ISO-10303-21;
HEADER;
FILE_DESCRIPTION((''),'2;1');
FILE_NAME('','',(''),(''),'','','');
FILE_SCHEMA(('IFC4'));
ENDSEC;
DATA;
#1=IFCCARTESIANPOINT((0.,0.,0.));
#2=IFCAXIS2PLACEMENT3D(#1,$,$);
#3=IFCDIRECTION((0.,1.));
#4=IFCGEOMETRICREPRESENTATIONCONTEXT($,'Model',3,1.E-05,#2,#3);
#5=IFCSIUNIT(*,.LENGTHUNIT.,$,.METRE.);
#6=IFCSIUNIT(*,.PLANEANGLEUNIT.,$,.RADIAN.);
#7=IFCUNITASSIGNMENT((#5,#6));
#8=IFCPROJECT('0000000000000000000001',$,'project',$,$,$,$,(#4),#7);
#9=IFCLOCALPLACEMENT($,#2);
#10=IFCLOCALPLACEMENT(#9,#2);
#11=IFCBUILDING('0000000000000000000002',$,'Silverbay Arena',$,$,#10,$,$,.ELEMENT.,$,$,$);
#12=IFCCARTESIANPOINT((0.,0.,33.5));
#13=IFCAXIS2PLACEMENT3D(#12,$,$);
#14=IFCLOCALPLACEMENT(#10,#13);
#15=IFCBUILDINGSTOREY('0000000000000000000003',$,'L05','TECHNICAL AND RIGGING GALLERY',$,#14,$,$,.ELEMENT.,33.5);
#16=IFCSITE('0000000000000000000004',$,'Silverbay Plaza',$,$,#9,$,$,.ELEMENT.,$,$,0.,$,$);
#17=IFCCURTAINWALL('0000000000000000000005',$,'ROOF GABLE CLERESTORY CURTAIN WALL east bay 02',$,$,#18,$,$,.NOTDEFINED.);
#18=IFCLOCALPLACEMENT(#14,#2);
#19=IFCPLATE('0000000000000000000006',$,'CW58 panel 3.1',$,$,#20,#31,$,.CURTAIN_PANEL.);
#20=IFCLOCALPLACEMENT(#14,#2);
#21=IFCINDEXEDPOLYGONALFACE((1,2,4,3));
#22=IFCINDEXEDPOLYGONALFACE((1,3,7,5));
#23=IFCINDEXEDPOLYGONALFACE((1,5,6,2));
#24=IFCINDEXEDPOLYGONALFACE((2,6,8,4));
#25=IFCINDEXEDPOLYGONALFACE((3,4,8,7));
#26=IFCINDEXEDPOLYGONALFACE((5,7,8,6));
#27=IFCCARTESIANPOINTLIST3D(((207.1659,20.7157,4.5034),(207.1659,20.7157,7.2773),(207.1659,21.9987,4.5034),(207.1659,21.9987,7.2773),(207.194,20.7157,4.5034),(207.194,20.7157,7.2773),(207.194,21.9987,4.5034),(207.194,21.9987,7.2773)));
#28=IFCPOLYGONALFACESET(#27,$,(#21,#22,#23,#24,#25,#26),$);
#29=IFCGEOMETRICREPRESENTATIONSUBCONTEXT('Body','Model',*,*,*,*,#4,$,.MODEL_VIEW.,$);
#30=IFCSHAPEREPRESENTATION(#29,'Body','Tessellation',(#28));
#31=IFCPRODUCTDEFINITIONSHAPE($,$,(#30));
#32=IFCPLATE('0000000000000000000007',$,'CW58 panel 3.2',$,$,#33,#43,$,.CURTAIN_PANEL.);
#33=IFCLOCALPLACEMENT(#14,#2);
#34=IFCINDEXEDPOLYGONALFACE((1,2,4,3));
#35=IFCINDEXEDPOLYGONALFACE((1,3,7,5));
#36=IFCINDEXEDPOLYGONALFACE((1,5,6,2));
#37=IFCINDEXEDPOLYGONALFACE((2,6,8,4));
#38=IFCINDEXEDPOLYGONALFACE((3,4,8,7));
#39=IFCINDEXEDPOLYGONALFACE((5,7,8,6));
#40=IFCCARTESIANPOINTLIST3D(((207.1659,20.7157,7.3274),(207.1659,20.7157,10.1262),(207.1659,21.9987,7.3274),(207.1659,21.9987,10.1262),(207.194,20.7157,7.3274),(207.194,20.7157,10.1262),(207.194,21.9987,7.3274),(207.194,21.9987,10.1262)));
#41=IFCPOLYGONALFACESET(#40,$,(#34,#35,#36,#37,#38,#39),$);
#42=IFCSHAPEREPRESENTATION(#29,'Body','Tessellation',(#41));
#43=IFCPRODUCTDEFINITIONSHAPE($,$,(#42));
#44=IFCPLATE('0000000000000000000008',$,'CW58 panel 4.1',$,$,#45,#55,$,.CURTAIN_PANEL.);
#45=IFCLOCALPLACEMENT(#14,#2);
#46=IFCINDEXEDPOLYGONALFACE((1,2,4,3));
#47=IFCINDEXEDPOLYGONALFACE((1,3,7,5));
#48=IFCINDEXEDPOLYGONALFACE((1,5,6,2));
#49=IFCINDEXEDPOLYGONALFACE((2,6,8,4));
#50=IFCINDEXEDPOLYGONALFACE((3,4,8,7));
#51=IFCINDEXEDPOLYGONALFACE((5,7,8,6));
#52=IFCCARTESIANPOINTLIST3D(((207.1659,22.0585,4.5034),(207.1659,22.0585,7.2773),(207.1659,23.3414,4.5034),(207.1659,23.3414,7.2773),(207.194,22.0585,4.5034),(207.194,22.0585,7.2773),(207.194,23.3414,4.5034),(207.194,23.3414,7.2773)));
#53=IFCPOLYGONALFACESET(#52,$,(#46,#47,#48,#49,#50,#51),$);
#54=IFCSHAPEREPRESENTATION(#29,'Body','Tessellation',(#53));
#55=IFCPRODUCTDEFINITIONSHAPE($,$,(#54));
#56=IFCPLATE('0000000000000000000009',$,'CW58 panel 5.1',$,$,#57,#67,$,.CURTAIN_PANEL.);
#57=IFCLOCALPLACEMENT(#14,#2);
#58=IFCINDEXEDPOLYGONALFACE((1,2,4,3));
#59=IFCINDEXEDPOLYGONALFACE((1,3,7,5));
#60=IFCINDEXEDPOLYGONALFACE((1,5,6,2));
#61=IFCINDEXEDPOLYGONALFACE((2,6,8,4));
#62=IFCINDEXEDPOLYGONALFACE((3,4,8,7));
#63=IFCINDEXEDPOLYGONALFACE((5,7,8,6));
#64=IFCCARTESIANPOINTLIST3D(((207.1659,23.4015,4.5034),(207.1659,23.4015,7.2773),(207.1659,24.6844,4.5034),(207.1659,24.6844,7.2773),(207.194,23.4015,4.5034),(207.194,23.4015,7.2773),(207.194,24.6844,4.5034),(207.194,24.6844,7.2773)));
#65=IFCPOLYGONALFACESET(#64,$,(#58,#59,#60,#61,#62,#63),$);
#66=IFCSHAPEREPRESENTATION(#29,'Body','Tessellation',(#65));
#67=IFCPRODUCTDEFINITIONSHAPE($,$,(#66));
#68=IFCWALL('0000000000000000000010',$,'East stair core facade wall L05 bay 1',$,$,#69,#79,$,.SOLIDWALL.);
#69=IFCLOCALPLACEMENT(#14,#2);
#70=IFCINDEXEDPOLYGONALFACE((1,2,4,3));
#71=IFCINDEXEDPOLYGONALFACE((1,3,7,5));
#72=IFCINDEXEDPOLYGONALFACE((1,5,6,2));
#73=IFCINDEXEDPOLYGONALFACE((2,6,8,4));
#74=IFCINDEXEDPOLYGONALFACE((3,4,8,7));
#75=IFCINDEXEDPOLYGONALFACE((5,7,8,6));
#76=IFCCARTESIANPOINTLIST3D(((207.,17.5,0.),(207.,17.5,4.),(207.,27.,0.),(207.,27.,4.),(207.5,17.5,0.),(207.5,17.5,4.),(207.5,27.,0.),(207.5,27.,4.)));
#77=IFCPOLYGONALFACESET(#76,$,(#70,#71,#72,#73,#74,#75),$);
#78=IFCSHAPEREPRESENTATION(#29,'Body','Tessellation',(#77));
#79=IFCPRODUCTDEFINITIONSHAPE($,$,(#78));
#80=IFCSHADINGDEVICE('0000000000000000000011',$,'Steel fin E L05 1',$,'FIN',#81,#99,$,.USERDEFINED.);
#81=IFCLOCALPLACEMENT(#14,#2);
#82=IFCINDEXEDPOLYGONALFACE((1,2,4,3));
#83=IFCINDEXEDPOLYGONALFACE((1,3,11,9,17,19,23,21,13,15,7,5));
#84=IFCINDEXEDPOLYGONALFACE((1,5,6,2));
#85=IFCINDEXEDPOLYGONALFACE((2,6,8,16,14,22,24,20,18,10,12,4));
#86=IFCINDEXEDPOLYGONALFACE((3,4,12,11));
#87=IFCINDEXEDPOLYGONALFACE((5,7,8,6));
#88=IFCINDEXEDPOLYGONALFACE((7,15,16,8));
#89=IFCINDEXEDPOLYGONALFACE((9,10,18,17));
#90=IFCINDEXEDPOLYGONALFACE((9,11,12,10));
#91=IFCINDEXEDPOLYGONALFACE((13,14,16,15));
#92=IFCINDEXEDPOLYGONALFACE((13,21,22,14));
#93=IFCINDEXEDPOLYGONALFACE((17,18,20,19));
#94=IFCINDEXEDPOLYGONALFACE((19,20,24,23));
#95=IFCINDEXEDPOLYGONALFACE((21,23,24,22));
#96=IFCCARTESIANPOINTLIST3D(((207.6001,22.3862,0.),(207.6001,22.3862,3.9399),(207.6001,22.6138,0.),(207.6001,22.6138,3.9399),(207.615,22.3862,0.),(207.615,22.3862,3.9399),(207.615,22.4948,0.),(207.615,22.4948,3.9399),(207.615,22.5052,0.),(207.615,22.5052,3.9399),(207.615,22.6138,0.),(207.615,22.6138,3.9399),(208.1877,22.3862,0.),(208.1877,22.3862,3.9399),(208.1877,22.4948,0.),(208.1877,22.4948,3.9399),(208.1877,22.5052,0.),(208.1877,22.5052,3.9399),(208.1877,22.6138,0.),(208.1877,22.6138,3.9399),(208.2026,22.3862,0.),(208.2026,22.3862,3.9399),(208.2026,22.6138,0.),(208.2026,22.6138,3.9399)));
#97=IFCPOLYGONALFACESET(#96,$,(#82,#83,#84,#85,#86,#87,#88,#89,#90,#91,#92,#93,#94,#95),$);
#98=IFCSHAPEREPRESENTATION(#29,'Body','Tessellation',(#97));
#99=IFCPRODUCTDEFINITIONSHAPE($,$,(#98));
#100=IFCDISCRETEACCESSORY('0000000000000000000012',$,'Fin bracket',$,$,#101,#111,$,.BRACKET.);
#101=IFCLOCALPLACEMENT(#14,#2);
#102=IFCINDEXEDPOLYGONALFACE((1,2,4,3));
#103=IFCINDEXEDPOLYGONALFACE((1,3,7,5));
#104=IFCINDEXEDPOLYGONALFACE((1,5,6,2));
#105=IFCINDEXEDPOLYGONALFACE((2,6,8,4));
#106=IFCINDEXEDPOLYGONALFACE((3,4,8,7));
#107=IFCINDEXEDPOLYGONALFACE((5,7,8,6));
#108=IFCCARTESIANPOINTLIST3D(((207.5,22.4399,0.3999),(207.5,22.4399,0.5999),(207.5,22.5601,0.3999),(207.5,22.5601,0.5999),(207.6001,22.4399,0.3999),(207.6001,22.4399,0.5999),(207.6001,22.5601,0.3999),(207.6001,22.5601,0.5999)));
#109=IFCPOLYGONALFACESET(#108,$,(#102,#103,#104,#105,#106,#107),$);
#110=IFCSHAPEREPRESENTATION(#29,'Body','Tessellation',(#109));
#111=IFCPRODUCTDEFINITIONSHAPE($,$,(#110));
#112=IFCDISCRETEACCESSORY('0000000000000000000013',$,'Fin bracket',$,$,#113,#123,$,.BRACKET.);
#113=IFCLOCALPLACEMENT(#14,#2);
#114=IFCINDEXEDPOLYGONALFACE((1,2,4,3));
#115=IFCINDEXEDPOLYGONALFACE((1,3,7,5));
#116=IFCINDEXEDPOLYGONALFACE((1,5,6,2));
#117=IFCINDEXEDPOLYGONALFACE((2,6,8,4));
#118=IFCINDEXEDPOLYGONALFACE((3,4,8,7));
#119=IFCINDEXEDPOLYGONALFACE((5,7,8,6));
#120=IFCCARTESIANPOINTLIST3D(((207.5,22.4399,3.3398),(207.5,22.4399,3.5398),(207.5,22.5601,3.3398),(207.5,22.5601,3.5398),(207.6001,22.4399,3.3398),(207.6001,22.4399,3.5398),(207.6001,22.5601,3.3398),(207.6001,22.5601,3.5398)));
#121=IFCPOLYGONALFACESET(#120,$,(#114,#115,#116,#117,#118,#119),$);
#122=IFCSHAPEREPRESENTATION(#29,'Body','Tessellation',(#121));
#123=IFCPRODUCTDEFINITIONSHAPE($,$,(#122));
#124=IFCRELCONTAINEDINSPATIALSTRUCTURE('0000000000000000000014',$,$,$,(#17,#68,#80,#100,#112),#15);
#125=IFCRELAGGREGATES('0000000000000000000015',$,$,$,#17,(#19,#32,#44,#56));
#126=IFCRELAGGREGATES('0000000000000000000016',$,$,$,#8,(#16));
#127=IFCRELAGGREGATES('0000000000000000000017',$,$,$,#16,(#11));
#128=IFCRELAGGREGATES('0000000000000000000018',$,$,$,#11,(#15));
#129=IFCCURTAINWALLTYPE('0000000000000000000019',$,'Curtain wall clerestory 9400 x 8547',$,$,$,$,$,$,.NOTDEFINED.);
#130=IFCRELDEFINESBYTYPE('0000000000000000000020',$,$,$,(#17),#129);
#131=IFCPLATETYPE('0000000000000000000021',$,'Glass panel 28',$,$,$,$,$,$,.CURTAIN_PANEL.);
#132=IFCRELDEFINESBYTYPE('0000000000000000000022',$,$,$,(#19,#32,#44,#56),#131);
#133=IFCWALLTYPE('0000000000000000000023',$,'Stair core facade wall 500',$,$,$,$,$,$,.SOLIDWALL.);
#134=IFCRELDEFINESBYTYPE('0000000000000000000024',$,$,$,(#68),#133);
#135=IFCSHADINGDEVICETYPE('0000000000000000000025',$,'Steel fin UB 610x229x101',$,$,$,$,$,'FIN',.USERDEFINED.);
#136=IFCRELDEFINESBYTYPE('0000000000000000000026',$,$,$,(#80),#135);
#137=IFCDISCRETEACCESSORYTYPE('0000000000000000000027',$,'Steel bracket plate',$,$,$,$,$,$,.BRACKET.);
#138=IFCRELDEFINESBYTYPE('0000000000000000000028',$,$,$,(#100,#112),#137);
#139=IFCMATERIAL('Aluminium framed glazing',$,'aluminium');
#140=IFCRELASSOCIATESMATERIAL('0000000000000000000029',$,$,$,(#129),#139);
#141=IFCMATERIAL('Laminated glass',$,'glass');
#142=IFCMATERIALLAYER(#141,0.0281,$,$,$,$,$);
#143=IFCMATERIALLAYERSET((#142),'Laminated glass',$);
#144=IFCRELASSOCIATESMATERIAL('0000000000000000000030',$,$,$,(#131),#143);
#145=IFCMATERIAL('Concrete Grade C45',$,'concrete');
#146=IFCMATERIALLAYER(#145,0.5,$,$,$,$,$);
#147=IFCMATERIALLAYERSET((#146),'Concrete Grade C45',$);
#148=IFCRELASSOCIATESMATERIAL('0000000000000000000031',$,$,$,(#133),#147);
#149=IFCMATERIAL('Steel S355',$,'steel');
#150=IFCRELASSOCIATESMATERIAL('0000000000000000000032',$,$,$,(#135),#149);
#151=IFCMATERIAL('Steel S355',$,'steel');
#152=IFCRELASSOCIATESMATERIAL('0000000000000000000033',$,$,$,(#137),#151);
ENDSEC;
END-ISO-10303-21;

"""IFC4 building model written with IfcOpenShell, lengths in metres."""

from ifc_helpers import new_model, si_unit, direction, frame, frame_2d, origin, origin_2d, place, context, subcontext, project, spatial, rectangle, i_section, extrude, material, layer, layer_set, material_profile, profile_set, type_object, element, aggregate, save


model = new_model("IFC4")

# Units and contexts
model_context = context("Model", 3, precision=1e-05, world=origin(), true_north=direction((0.0, 1.0)))
body_context = subcontext(model_context, "Body", "Model", "MODEL_VIEW")
ifc_project = project(units=[si_unit("LENGTHUNIT", "METRE"), si_unit("PLANEANGLEUNIT", "RADIAN")], contexts=[model_context])

# Site, building, storey
site_placement = place(None, origin())
site = spatial("IfcSite", under=ifc_project, at=site_placement, Name="Silverbay Plaza", CompositionType="ELEMENT", RefElevation=0.0)
building_placement = place(site_placement, origin())
building = spatial("IfcBuilding", under=site, at=building_placement, Name="Silverbay Arena", CompositionType="ELEMENT")
storey_placement = place(building_placement, frame((0.0, 0.0, 33.5)))
storey = spatial("IfcBuildingStorey", under=building, at=storey_placement, Name="L05", Description="TECHNICAL AND RIGGING GALLERY", CompositionType="ELEMENT", Elevation=33.5)

# Curtain wall
ifc_material_1 = material(Name="Aluminium framed glazing", Category="aluminium")
curtain_wall_type_1 = type_object("IfcCurtainWallType", Name="Curtain wall clerestory 9400 x 8547", PredefinedType="NOTDEFINED", material=ifc_material_1)
curtain_wall_1_placement = place(storey_placement, origin())
curtain_wall_1 = element("IfcCurtainWall", 1, at=curtain_wall_1_placement, inside=storey, type_object=curtain_wall_type_1, Name="ROOF GABLE CLERESTORY CURTAIN WALL east bay 02", PredefinedType="NOTDEFINED")

# Plates
ifc_material_2 = material(Name="Laminated glass", Category="glass")
ifc_layer_1 = layer(ifc_material_2, 0.0281)
ifc_layer_set_1 = layer_set([ifc_layer_1], Name="Laminated glass")
plate_type = type_object("IfcPlateType", Name="Glass panel 28", PredefinedType="CURTAIN_PANEL", material=ifc_layer_set_1)
plate_1_placement = place(storey_placement, frame((207.1799, 21.3572, 4.5034), z_axis=(0.0, 0.0, 1.0), x_axis=(0.0, 1.0, 0.0)))
plate_1 = element("IfcPlate", 2, at=plate_1_placement, type_object=plate_type, Name="CW58 panel 3.1", PredefinedType="CURTAIN_PANEL", context=body_context, shape_type="SweptSolid", body=[
    extrude(rectangle(XDim=1.283, YDim=0.0281, at=origin_2d()), origin(), (0.0, 0.0, 1.0), 2.7739),
])
plate_2_placement = place(storey_placement, frame((207.1799, 21.3572, 7.3274), z_axis=(0.0, 0.0, 1.0), x_axis=(0.0, 1.0, 0.0)))
plate_2 = element("IfcPlate", 3, at=plate_2_placement, type_object=plate_type, Name="CW58 panel 3.2", PredefinedType="CURTAIN_PANEL", context=body_context, shape_type="SweptSolid", body=[
    extrude(rectangle(XDim=1.283, YDim=0.0281, at=origin_2d()), origin(), (0.0, 0.0, 1.0), 2.7988),
])
plate_3_placement = place(storey_placement, frame((207.1799, 22.7, 4.5034), z_axis=(0.0, 0.0, 1.0), x_axis=(0.0, 1.0, 0.0)))
plate_3 = element("IfcPlate", 4, at=plate_3_placement, type_object=plate_type, Name="CW58 panel 4.1", PredefinedType="CURTAIN_PANEL", context=body_context, shape_type="SweptSolid", body=[
    extrude(rectangle(XDim=1.283, YDim=0.0281, at=origin_2d()), origin(), (0.0, 0.0, 1.0), 2.7739),
])
plate_4_placement = place(storey_placement, frame((207.1799, 24.043, 4.5034), z_axis=(0.0, 0.0, 1.0), x_axis=(0.0, 1.0, 0.0)))
plate_4 = element("IfcPlate", 5, at=plate_4_placement, type_object=plate_type, Name="CW58 panel 5.1", PredefinedType="CURTAIN_PANEL", context=body_context, shape_type="SweptSolid", body=[
    extrude(rectangle(XDim=1.283, YDim=0.0281, at=origin_2d()), origin(), (0.0, 0.0, 1.0), 2.7739),
])
aggregate(curtain_wall_1, [plate_1, plate_2, plate_3, plate_4])

# Wall
ifc_material_3 = material(Name="Concrete Grade C45", Category="concrete")
ifc_layer_2 = layer(ifc_material_3, 0.5)
ifc_layer_set_2 = layer_set([ifc_layer_2], Name="Concrete Grade C45")
wall_type = type_object("IfcWallType", Name="Stair core facade wall 500", PredefinedType="SOLIDWALL", material=ifc_layer_set_2)
wall_placement = place(storey_placement, frame((207.25, 17.5, 0.0), z_axis=(0.0, 0.0, 1.0), x_axis=(0.0, 1.0, 0.0)))
element("IfcWall", 6, at=wall_placement, inside=storey, type_object=wall_type, Name="East stair core facade wall L05 bay 1", PredefinedType="SOLIDWALL", context=body_context, shape_type="SweptSolid", body=[
    extrude(rectangle(XDim=9.5, YDim=0.5, at=frame_2d((4.75, 0.0))), origin(), (0.0, 0.0, 1.0), 4.0),
])

# Shading device
ifc_material_4 = material(Name="Steel S355", Category="steel")
ifc_material_profile_1 = material_profile(ifc_material_4, i_section(OverallWidth=0.2275, OverallDepth=0.6025, WebThickness=0.0105, FlangeThickness=0.0149, at=origin_2d()), Name="UB 610x229x101")
ifc_profile_set_1 = profile_set([ifc_material_profile_1], Name="Steel S355")
shading_device_type = type_object("IfcShadingDeviceType", Name="Steel fin UB 610x229x101", ElementType="FIN", PredefinedType="USERDEFINED", material=ifc_profile_set_1)
shading_device_placement = place(storey_placement, frame((207.9014, 22.5, 0.0), z_axis=(0.0, 0.0, 1.0), x_axis=(0.0, 1.0, 0.0)))
element("IfcShadingDevice", 7, at=shading_device_placement, inside=storey, type_object=shading_device_type, Name="Steel fin E L05 1", ObjectType="FIN", PredefinedType="USERDEFINED", context=body_context, shape_type="SweptSolid", body=[
    extrude(i_section(OverallWidth=0.2275, OverallDepth=0.6025, WebThickness=0.0105, FlangeThickness=0.0149, at=origin_2d()), origin(), (0.0, 0.0, 1.0), 3.9399),
])

# Discrete accessories
ifc_material_5 = material(Name="Steel S355", Category="steel")
discrete_accessory_type = type_object("IfcDiscreteAccessoryType", Name="Steel bracket plate", PredefinedType="BRACKET", material=ifc_material_5)
for number, where, z_axis, x_axis, name in (
    (8, (207.55, 22.5, 0.3999), (0.0, 0.0, 1.0), (1.0, 0.0, 0.0), "Fin bracket"),
    (9, (207.55, 22.5, 3.3398), (0.0, 0.0, 1.0), (1.0, 0.0, 0.0), "Fin bracket"),
):
    element("IfcDiscreteAccessory", number, at=place(storey_placement, frame(where, z_axis=z_axis, x_axis=x_axis)), inside=storey, type_object=discrete_accessory_type, Name=name, PredefinedType="BRACKET", context=body_context, shape_type="SweptSolid", body=[
        extrude(rectangle(XDim=0.1001, YDim=0.1201, at=origin_2d()), origin(), (0.0, 0.0, 1.0), 0.2),
    ])

save(model, "model.ifc")
